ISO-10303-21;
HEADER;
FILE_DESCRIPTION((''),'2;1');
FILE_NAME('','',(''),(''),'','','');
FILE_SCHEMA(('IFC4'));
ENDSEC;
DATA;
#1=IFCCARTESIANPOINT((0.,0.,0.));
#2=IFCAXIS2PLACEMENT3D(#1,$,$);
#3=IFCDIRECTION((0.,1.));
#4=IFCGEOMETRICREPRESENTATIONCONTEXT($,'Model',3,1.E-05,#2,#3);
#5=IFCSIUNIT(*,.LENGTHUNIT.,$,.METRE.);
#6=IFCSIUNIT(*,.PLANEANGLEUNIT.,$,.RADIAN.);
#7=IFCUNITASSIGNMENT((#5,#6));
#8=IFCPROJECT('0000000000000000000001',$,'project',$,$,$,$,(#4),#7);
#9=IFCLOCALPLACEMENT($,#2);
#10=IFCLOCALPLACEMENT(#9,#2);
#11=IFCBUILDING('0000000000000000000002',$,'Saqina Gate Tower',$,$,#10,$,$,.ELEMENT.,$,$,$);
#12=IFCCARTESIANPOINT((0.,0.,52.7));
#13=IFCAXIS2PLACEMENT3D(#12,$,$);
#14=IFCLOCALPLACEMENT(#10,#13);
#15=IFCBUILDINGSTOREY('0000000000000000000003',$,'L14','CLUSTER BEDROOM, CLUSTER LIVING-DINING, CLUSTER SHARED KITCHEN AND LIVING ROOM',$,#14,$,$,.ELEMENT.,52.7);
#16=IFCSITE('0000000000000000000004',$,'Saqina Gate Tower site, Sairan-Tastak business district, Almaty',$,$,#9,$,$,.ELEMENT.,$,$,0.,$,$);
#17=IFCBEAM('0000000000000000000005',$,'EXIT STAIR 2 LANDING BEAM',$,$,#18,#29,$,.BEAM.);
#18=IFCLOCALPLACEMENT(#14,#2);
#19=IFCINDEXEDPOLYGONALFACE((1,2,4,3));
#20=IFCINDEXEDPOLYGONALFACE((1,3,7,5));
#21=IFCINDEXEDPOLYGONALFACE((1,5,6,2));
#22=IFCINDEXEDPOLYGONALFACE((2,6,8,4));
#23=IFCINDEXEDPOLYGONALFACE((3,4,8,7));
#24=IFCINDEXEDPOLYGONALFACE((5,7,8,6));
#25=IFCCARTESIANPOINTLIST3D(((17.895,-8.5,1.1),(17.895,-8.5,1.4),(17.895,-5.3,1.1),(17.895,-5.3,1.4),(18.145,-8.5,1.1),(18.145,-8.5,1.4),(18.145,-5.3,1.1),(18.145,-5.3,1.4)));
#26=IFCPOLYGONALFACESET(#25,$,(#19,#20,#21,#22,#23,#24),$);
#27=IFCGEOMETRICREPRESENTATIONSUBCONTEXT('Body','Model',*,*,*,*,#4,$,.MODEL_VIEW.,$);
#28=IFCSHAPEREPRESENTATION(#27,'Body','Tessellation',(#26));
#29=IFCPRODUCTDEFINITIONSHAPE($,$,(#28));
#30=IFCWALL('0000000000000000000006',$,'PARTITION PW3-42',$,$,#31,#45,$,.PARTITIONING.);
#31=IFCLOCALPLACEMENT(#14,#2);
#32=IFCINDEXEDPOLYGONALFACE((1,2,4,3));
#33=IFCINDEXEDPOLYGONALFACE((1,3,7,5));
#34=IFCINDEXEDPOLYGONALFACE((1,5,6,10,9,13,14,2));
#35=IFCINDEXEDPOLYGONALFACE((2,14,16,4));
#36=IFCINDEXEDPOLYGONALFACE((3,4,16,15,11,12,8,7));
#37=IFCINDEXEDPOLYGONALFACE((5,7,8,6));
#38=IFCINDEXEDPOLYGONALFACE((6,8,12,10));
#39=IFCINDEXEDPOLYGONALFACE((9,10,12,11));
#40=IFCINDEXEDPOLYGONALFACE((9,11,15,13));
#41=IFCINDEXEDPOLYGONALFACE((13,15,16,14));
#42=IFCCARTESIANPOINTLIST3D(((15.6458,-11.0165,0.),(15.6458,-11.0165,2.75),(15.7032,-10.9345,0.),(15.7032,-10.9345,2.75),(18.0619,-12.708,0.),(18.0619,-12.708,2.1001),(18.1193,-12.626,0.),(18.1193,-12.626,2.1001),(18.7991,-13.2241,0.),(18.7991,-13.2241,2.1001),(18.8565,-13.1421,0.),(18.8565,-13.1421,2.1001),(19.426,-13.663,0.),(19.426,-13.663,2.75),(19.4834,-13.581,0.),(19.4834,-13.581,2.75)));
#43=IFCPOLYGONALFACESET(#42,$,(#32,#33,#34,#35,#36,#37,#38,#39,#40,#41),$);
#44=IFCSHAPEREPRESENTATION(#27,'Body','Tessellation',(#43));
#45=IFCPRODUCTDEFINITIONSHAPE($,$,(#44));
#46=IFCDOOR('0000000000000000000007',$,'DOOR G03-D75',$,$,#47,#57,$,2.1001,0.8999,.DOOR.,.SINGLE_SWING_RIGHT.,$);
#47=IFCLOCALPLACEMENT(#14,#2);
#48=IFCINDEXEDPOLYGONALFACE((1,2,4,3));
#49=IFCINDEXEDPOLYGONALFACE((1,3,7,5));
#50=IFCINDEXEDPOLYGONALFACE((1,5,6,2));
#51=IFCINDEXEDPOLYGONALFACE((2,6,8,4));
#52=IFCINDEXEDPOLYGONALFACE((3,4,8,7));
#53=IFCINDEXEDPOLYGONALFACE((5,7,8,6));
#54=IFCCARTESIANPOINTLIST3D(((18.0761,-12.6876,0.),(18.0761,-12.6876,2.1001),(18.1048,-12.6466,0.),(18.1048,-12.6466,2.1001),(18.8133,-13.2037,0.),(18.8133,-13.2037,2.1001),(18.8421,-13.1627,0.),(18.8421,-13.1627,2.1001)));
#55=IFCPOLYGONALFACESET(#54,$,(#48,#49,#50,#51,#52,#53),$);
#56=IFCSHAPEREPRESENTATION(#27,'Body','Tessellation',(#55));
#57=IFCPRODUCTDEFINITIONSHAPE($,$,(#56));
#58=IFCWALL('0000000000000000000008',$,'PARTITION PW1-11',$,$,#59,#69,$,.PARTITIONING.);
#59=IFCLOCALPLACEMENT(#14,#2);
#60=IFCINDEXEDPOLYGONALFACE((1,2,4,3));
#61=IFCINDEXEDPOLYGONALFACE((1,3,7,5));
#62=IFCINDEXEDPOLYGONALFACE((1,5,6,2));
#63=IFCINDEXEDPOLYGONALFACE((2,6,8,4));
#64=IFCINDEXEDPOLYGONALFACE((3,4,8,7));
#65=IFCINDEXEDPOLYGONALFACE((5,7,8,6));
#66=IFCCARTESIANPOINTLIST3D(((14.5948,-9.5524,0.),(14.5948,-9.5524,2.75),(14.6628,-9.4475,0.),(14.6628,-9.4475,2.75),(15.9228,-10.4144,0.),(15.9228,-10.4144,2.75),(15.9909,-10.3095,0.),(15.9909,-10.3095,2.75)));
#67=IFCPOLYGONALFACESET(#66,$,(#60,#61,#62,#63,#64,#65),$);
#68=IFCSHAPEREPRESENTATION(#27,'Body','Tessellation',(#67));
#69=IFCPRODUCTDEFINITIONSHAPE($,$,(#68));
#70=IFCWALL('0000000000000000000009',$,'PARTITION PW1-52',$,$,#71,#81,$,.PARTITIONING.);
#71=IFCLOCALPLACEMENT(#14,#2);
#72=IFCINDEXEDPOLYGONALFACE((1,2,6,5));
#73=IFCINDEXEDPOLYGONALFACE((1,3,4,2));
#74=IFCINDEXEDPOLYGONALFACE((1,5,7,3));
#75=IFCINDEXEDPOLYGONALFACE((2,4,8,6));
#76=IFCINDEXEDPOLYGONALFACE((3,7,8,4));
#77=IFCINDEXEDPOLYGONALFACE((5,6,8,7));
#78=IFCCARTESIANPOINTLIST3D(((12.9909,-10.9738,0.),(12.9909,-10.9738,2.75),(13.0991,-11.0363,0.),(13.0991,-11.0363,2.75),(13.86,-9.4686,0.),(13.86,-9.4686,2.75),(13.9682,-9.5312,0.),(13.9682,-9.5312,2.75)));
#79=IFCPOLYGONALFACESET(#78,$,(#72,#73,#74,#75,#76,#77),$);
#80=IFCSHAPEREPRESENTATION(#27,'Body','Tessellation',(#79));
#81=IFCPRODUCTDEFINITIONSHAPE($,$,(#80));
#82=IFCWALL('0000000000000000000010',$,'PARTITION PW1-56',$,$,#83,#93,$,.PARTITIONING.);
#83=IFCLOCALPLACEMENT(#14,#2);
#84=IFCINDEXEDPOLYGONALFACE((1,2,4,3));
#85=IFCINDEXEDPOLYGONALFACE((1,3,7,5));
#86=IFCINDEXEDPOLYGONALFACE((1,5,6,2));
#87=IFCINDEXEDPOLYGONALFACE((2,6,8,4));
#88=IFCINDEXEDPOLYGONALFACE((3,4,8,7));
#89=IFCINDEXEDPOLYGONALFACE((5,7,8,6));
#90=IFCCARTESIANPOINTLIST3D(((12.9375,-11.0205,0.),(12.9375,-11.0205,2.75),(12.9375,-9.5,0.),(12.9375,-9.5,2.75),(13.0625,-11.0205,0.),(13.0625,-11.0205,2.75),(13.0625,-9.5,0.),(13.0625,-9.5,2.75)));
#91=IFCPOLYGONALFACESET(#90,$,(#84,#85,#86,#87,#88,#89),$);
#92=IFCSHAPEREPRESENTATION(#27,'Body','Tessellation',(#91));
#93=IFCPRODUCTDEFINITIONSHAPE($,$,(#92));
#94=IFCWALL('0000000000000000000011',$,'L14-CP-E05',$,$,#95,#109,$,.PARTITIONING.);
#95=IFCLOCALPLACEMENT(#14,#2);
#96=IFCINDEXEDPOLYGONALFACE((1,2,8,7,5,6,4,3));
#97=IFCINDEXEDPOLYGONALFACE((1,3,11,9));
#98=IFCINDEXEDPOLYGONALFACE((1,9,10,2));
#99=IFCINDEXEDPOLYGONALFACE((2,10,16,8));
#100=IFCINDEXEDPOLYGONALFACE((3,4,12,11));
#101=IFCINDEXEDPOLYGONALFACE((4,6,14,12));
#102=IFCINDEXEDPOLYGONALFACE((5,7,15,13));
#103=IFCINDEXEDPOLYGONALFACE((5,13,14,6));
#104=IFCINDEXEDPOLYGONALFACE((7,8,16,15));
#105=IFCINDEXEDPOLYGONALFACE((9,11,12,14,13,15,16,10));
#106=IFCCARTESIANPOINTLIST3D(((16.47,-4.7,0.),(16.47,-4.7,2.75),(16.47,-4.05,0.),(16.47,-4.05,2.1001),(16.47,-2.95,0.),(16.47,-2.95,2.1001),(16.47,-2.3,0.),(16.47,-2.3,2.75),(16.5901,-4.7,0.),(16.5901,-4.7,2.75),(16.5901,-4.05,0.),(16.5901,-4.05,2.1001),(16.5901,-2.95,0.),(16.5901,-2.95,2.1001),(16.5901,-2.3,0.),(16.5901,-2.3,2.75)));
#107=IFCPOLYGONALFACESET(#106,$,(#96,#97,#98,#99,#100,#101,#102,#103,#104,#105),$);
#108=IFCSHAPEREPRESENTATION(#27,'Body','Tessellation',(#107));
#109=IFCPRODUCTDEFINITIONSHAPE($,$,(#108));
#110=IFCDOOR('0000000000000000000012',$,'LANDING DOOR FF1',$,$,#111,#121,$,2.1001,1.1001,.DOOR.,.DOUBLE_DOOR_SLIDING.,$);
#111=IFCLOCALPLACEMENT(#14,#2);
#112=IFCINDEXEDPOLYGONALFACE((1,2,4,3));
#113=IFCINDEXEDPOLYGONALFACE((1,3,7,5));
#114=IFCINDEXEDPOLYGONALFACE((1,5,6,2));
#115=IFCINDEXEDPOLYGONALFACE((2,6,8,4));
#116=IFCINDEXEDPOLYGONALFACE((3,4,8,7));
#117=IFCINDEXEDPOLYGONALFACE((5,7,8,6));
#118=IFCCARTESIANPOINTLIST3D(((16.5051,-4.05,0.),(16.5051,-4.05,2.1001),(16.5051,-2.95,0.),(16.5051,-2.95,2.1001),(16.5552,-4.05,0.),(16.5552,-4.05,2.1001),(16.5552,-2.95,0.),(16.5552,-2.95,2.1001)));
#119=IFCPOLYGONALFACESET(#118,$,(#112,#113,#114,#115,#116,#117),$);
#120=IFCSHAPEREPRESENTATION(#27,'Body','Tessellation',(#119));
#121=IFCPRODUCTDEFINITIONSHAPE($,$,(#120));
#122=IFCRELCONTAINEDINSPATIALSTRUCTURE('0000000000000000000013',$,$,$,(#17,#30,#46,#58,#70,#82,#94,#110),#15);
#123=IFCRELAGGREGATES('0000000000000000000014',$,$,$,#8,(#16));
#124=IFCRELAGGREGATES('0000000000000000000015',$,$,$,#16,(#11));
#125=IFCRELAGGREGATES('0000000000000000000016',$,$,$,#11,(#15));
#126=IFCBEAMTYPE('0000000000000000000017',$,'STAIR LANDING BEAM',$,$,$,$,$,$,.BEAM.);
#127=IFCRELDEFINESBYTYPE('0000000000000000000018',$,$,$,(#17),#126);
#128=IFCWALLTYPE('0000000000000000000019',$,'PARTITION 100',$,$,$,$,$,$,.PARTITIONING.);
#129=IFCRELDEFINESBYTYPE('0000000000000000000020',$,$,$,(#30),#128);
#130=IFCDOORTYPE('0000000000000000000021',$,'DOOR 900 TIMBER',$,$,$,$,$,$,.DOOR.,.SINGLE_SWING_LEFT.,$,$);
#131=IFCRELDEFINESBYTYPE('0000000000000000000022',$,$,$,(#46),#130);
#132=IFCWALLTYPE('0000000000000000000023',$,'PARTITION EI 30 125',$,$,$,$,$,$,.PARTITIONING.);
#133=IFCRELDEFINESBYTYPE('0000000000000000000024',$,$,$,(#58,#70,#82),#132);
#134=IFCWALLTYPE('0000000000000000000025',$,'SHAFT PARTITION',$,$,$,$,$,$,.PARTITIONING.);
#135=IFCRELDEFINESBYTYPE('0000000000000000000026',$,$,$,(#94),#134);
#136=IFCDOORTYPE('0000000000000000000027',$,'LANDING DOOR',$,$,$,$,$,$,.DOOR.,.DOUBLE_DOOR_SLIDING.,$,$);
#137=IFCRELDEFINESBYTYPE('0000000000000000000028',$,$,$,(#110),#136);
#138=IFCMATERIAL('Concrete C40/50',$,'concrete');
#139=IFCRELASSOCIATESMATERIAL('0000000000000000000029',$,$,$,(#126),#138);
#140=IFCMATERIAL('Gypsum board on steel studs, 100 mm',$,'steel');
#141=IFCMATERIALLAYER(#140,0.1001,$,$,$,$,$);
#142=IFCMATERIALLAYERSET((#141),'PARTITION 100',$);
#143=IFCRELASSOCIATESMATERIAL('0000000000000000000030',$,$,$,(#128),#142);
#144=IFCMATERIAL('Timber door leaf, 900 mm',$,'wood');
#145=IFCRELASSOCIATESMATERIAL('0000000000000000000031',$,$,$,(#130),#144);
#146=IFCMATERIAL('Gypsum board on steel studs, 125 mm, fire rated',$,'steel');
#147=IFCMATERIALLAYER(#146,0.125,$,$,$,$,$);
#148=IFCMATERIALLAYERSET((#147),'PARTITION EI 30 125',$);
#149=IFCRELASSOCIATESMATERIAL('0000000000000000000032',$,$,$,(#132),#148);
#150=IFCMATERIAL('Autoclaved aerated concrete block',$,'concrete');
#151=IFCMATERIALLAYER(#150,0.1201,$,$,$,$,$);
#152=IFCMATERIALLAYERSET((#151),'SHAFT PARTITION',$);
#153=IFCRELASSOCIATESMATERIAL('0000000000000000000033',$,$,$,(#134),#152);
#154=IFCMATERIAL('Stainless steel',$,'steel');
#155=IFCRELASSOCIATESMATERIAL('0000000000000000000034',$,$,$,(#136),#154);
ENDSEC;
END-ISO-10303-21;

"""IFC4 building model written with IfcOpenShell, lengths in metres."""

from ifc_helpers import new_model, si_unit, direction, frame, frame_2d, origin, origin_2d, place, context, subcontext, project, spatial, rectangle, extrude, material, layer, layer_set, material_profile, profile_set, type_object, element, fill, save


model = new_model("IFC4")

# Units and contexts
model_context = context("Model", 3, precision=1e-05, world=origin(), true_north=direction((0.0, 1.0)))
body_context = subcontext(model_context, "Body", "Model", "MODEL_VIEW")
ifc_project = project(units=[si_unit("LENGTHUNIT", "METRE"), si_unit("PLANEANGLEUNIT", "RADIAN")], contexts=[model_context])

# Site, building, storey
site_placement = place(None, origin())
site = spatial("IfcSite", under=ifc_project, at=site_placement, Name="Saqina Gate Tower site, Sairan-Tastak business district, Almaty", CompositionType="ELEMENT", RefElevation=0.0)
building_placement = place(site_placement, origin())
building = spatial("IfcBuilding", under=site, at=building_placement, Name="Saqina Gate Tower", CompositionType="ELEMENT")
storey_placement = place(building_placement, frame((0.0, 0.0, 52.7)))
storey = spatial("IfcBuildingStorey", under=building, at=storey_placement, Name="L14", Description="CLUSTER BEDROOM, CLUSTER LIVING-DINING, CLUSTER SHARED KITCHEN AND LIVING ROOM", CompositionType="ELEMENT", Elevation=52.7)

# Beam
ifc_material_1 = material(Name="Concrete C40/50", Category="concrete")
ifc_material_profile = material_profile(ifc_material_1, rectangle(XDim=0.25, YDim=0.3, at=origin_2d()), Name="STAIR LANDING BEAM")
ifc_profile_set = profile_set([ifc_material_profile], Name="Concrete C40/50")
beam_type = type_object("IfcBeamType", Name="STAIR LANDING BEAM", PredefinedType="BEAM", material=ifc_profile_set)
beam_placement = place(storey_placement, frame((18.02, -8.5, 1.25), z_axis=(0.0, 1.0, 0.0), x_axis=(-1.0, 0.0, 0.0)))
element("IfcBeam", 1, at=beam_placement, inside=storey, type_object=beam_type, Name="EXIT STAIR 2 LANDING BEAM", PredefinedType="BEAM", context=body_context, shape_type="SweptSolid", body=[
    extrude(rectangle(XDim=0.25, YDim=0.3, at=origin_2d()), origin(), (0.0, 0.0, 1.0), 3.2),
])

# Wall, opening, door
ifc_material_2 = material(Name="Gypsum board on steel studs, 100 mm", Category="steel")
ifc_layer_1 = layer(ifc_material_2, 0.1001)
ifc_layer_set_1 = layer_set([ifc_layer_1], Name="PARTITION 100")
wall_type_1 = type_object("IfcWallType", Name="PARTITION 100", PredefinedType="PARTITIONING", material=ifc_layer_set_1)
wall_1_placement = place(storey_placement, frame((15.6746, -10.9756, 0.0), z_axis=(0.0, 0.0, 1.0), x_axis=(0.819202, -0.573505, 0.0)))
wall_1 = element("IfcWall", 2, at=wall_1_placement, inside=storey, type_object=wall_type_1, Name="PARTITION PW3-42", PredefinedType="PARTITIONING", context=body_context, shape_type="SweptSolid", body=[
    extrude(rectangle(XDim=4.6145, YDim=0.1001, at=frame_2d((2.3071, 0.0))), origin(), (0.0, 0.0, 1.0), 2.75),
])
opening_1_placement = place(wall_1_placement, frame((2.9492, 0.0, 0.0)))
opening_1 = element("IfcOpeningElement", 3, at=opening_1_placement, cuts=wall_1, PredefinedType="OPENING", context=body_context, shape_type="SweptSolid", body=[
    extrude(rectangle(XDim=0.8999, YDim=2.1001, at=frame_2d((0.45, 1.05))), frame((0.0, 0.062, 0.0), z_axis=(0.0, -1.0, 0.0), x_axis=(1.0, 0.0, 0.0)), (0.0, 0.0, 1.0), 0.124),
])
ifc_material_3 = material(Name="Timber door leaf, 900 mm", Category="wood")
door_type_1 = type_object("IfcDoorType", Name="DOOR 900 TIMBER", OperationType="SINGLE_SWING_LEFT", PredefinedType="DOOR", material=ifc_material_3)
door_1_placement = place(opening_1_placement, origin())
door_1 = element("IfcDoor", 4, at=door_1_placement, inside=storey, type_object=door_type_1, Name="DOOR G03-D75", OperationType="SINGLE_SWING_RIGHT", OverallHeight=2.1001, OverallWidth=0.8999, PredefinedType="DOOR", context=body_context, shape_type="SweptSolid", body=[
    extrude(rectangle(XDim=0.8999, YDim=2.1001, at=frame_2d((0.45, 1.05))), frame((0.0, 0.0249, 0.0), z_axis=(0.0, -1.0, 0.0), x_axis=(1.0, 0.0, 0.0)), (0.0, 0.0, 1.0), 0.05),
])
fill(opening_1, door_1)

# Walls
ifc_material_4 = material(Name="Gypsum board on steel studs, 125 mm, fire rated", Category="steel")
ifc_layer_2 = layer(ifc_material_4, 0.125)
ifc_layer_set_2 = layer_set([ifc_layer_2], Name="PARTITION EI 30 125")
wall_type_2 = type_object("IfcWallType", Name="PARTITION EI 30 125", PredefinedType="PARTITIONING", material=ifc_layer_set_2)
wall_2_placement = place(storey_placement, frame((14.6289, -9.5, 0.0), z_axis=(0.0, 0.0, 1.0), x_axis=(0.838796, -0.544446, 0.0)))
element("IfcWall", 5, at=wall_2_placement, inside=storey, type_object=wall_type_2, Name="PARTITION PW1-11", PredefinedType="PARTITIONING", context=body_context, shape_type="SweptSolid", body=[
    extrude(rectangle(XDim=1.5833, YDim=0.125, at=frame_2d((0.7915, 0.0))), origin(), (0.0, 0.0, 1.0), 2.75),
])
wall_3_placement = place(storey_placement, frame((13.0449, -11.0051, 0.0), z_axis=(0.0, 0.0, 1.0), x_axis=(0.500067, 0.865987, 0.0)))
element("IfcWall", 6, at=wall_3_placement, inside=storey, type_object=wall_type_2, Name="PARTITION PW1-52", PredefinedType="PARTITIONING", context=body_context, shape_type="SweptSolid", body=[
    extrude(rectangle(XDim=1.738, YDim=0.125, at=frame_2d((0.8691, 0.0))), origin(), (0.0, 0.0, 1.0), 2.75),
])
wall_4_placement = place(storey_placement, frame((13.0, -11.0205, 0.0), z_axis=(0.0, 0.0, 1.0), x_axis=(0.0, 1.0, 0.0)))
element("IfcWall", 7, at=wall_4_placement, inside=storey, type_object=wall_type_2, Name="PARTITION PW1-56", PredefinedType="PARTITIONING", context=body_context, shape_type="SweptSolid", body=[
    extrude(rectangle(XDim=1.5205, YDim=0.125, at=frame_2d((0.7603, 0.0))), origin(), (0.0, 0.0, 1.0), 2.75),
])

# Wall, opening, door
ifc_material_5 = material(Name="Autoclaved aerated concrete block", Category="concrete")
ifc_layer_3 = layer(ifc_material_5, 0.1201)
ifc_layer_set_3 = layer_set([ifc_layer_3], Name="SHAFT PARTITION")
wall_type_3 = type_object("IfcWallType", Name="SHAFT PARTITION", PredefinedType="PARTITIONING", material=ifc_layer_set_3)
wall_5_placement = place(storey_placement, frame((16.53, -4.7, 0.0), z_axis=(0.0, 0.0, 1.0), x_axis=(0.0, 1.0, 0.0)))
wall_5 = element("IfcWall", 8, at=wall_5_placement, inside=storey, type_object=wall_type_3, Name="L14-CP-E05", PredefinedType="PARTITIONING", context=body_context, shape_type="SweptSolid", body=[
    extrude(rectangle(XDim=2.3999, YDim=0.1201, at=frame_2d((1.2, 0.0))), origin(), (0.0, 0.0, 1.0), 2.75),
])
opening_2_placement = place(wall_5_placement, frame((0.6499, 0.0, 0.0)))
opening_2 = element("IfcOpeningElement", 9, at=opening_2_placement, cuts=wall_5, PredefinedType="OPENING", context=body_context, shape_type="SweptSolid", body=[
    extrude(rectangle(XDim=1.1001, YDim=2.1001, at=frame_2d((0.55, 1.05))), frame((0.0, 0.072, 0.0), z_axis=(0.0, -1.0, 0.0), x_axis=(1.0, 0.0, 0.0)), (0.0, 0.0, 1.0), 0.144),
])
ifc_material_6 = material(Name="Stainless steel", Category="steel")
door_type_2 = type_object("IfcDoorType", Name="LANDING DOOR", OperationType="DOUBLE_DOOR_SLIDING", PredefinedType="DOOR", material=ifc_material_6)
door_2_placement = place(opening_2_placement, origin())
door_2 = element("IfcDoor", 10, at=door_2_placement, inside=storey, type_object=door_type_2, Name="LANDING DOOR FF1", OperationType="DOUBLE_DOOR_SLIDING", OverallHeight=2.1001, OverallWidth=1.1001, PredefinedType="DOOR", context=body_context, shape_type="SweptSolid", body=[
    extrude(rectangle(XDim=1.1001, YDim=2.1001, at=frame_2d((0.55, 1.05))), frame((0.0, 0.0249, 0.0), z_axis=(0.0, -1.0, 0.0), x_axis=(1.0, 0.0, 0.0)), (0.0, 0.0, 1.0), 0.05),
])
fill(opening_2, door_2)

save(model, "model.ifc")
